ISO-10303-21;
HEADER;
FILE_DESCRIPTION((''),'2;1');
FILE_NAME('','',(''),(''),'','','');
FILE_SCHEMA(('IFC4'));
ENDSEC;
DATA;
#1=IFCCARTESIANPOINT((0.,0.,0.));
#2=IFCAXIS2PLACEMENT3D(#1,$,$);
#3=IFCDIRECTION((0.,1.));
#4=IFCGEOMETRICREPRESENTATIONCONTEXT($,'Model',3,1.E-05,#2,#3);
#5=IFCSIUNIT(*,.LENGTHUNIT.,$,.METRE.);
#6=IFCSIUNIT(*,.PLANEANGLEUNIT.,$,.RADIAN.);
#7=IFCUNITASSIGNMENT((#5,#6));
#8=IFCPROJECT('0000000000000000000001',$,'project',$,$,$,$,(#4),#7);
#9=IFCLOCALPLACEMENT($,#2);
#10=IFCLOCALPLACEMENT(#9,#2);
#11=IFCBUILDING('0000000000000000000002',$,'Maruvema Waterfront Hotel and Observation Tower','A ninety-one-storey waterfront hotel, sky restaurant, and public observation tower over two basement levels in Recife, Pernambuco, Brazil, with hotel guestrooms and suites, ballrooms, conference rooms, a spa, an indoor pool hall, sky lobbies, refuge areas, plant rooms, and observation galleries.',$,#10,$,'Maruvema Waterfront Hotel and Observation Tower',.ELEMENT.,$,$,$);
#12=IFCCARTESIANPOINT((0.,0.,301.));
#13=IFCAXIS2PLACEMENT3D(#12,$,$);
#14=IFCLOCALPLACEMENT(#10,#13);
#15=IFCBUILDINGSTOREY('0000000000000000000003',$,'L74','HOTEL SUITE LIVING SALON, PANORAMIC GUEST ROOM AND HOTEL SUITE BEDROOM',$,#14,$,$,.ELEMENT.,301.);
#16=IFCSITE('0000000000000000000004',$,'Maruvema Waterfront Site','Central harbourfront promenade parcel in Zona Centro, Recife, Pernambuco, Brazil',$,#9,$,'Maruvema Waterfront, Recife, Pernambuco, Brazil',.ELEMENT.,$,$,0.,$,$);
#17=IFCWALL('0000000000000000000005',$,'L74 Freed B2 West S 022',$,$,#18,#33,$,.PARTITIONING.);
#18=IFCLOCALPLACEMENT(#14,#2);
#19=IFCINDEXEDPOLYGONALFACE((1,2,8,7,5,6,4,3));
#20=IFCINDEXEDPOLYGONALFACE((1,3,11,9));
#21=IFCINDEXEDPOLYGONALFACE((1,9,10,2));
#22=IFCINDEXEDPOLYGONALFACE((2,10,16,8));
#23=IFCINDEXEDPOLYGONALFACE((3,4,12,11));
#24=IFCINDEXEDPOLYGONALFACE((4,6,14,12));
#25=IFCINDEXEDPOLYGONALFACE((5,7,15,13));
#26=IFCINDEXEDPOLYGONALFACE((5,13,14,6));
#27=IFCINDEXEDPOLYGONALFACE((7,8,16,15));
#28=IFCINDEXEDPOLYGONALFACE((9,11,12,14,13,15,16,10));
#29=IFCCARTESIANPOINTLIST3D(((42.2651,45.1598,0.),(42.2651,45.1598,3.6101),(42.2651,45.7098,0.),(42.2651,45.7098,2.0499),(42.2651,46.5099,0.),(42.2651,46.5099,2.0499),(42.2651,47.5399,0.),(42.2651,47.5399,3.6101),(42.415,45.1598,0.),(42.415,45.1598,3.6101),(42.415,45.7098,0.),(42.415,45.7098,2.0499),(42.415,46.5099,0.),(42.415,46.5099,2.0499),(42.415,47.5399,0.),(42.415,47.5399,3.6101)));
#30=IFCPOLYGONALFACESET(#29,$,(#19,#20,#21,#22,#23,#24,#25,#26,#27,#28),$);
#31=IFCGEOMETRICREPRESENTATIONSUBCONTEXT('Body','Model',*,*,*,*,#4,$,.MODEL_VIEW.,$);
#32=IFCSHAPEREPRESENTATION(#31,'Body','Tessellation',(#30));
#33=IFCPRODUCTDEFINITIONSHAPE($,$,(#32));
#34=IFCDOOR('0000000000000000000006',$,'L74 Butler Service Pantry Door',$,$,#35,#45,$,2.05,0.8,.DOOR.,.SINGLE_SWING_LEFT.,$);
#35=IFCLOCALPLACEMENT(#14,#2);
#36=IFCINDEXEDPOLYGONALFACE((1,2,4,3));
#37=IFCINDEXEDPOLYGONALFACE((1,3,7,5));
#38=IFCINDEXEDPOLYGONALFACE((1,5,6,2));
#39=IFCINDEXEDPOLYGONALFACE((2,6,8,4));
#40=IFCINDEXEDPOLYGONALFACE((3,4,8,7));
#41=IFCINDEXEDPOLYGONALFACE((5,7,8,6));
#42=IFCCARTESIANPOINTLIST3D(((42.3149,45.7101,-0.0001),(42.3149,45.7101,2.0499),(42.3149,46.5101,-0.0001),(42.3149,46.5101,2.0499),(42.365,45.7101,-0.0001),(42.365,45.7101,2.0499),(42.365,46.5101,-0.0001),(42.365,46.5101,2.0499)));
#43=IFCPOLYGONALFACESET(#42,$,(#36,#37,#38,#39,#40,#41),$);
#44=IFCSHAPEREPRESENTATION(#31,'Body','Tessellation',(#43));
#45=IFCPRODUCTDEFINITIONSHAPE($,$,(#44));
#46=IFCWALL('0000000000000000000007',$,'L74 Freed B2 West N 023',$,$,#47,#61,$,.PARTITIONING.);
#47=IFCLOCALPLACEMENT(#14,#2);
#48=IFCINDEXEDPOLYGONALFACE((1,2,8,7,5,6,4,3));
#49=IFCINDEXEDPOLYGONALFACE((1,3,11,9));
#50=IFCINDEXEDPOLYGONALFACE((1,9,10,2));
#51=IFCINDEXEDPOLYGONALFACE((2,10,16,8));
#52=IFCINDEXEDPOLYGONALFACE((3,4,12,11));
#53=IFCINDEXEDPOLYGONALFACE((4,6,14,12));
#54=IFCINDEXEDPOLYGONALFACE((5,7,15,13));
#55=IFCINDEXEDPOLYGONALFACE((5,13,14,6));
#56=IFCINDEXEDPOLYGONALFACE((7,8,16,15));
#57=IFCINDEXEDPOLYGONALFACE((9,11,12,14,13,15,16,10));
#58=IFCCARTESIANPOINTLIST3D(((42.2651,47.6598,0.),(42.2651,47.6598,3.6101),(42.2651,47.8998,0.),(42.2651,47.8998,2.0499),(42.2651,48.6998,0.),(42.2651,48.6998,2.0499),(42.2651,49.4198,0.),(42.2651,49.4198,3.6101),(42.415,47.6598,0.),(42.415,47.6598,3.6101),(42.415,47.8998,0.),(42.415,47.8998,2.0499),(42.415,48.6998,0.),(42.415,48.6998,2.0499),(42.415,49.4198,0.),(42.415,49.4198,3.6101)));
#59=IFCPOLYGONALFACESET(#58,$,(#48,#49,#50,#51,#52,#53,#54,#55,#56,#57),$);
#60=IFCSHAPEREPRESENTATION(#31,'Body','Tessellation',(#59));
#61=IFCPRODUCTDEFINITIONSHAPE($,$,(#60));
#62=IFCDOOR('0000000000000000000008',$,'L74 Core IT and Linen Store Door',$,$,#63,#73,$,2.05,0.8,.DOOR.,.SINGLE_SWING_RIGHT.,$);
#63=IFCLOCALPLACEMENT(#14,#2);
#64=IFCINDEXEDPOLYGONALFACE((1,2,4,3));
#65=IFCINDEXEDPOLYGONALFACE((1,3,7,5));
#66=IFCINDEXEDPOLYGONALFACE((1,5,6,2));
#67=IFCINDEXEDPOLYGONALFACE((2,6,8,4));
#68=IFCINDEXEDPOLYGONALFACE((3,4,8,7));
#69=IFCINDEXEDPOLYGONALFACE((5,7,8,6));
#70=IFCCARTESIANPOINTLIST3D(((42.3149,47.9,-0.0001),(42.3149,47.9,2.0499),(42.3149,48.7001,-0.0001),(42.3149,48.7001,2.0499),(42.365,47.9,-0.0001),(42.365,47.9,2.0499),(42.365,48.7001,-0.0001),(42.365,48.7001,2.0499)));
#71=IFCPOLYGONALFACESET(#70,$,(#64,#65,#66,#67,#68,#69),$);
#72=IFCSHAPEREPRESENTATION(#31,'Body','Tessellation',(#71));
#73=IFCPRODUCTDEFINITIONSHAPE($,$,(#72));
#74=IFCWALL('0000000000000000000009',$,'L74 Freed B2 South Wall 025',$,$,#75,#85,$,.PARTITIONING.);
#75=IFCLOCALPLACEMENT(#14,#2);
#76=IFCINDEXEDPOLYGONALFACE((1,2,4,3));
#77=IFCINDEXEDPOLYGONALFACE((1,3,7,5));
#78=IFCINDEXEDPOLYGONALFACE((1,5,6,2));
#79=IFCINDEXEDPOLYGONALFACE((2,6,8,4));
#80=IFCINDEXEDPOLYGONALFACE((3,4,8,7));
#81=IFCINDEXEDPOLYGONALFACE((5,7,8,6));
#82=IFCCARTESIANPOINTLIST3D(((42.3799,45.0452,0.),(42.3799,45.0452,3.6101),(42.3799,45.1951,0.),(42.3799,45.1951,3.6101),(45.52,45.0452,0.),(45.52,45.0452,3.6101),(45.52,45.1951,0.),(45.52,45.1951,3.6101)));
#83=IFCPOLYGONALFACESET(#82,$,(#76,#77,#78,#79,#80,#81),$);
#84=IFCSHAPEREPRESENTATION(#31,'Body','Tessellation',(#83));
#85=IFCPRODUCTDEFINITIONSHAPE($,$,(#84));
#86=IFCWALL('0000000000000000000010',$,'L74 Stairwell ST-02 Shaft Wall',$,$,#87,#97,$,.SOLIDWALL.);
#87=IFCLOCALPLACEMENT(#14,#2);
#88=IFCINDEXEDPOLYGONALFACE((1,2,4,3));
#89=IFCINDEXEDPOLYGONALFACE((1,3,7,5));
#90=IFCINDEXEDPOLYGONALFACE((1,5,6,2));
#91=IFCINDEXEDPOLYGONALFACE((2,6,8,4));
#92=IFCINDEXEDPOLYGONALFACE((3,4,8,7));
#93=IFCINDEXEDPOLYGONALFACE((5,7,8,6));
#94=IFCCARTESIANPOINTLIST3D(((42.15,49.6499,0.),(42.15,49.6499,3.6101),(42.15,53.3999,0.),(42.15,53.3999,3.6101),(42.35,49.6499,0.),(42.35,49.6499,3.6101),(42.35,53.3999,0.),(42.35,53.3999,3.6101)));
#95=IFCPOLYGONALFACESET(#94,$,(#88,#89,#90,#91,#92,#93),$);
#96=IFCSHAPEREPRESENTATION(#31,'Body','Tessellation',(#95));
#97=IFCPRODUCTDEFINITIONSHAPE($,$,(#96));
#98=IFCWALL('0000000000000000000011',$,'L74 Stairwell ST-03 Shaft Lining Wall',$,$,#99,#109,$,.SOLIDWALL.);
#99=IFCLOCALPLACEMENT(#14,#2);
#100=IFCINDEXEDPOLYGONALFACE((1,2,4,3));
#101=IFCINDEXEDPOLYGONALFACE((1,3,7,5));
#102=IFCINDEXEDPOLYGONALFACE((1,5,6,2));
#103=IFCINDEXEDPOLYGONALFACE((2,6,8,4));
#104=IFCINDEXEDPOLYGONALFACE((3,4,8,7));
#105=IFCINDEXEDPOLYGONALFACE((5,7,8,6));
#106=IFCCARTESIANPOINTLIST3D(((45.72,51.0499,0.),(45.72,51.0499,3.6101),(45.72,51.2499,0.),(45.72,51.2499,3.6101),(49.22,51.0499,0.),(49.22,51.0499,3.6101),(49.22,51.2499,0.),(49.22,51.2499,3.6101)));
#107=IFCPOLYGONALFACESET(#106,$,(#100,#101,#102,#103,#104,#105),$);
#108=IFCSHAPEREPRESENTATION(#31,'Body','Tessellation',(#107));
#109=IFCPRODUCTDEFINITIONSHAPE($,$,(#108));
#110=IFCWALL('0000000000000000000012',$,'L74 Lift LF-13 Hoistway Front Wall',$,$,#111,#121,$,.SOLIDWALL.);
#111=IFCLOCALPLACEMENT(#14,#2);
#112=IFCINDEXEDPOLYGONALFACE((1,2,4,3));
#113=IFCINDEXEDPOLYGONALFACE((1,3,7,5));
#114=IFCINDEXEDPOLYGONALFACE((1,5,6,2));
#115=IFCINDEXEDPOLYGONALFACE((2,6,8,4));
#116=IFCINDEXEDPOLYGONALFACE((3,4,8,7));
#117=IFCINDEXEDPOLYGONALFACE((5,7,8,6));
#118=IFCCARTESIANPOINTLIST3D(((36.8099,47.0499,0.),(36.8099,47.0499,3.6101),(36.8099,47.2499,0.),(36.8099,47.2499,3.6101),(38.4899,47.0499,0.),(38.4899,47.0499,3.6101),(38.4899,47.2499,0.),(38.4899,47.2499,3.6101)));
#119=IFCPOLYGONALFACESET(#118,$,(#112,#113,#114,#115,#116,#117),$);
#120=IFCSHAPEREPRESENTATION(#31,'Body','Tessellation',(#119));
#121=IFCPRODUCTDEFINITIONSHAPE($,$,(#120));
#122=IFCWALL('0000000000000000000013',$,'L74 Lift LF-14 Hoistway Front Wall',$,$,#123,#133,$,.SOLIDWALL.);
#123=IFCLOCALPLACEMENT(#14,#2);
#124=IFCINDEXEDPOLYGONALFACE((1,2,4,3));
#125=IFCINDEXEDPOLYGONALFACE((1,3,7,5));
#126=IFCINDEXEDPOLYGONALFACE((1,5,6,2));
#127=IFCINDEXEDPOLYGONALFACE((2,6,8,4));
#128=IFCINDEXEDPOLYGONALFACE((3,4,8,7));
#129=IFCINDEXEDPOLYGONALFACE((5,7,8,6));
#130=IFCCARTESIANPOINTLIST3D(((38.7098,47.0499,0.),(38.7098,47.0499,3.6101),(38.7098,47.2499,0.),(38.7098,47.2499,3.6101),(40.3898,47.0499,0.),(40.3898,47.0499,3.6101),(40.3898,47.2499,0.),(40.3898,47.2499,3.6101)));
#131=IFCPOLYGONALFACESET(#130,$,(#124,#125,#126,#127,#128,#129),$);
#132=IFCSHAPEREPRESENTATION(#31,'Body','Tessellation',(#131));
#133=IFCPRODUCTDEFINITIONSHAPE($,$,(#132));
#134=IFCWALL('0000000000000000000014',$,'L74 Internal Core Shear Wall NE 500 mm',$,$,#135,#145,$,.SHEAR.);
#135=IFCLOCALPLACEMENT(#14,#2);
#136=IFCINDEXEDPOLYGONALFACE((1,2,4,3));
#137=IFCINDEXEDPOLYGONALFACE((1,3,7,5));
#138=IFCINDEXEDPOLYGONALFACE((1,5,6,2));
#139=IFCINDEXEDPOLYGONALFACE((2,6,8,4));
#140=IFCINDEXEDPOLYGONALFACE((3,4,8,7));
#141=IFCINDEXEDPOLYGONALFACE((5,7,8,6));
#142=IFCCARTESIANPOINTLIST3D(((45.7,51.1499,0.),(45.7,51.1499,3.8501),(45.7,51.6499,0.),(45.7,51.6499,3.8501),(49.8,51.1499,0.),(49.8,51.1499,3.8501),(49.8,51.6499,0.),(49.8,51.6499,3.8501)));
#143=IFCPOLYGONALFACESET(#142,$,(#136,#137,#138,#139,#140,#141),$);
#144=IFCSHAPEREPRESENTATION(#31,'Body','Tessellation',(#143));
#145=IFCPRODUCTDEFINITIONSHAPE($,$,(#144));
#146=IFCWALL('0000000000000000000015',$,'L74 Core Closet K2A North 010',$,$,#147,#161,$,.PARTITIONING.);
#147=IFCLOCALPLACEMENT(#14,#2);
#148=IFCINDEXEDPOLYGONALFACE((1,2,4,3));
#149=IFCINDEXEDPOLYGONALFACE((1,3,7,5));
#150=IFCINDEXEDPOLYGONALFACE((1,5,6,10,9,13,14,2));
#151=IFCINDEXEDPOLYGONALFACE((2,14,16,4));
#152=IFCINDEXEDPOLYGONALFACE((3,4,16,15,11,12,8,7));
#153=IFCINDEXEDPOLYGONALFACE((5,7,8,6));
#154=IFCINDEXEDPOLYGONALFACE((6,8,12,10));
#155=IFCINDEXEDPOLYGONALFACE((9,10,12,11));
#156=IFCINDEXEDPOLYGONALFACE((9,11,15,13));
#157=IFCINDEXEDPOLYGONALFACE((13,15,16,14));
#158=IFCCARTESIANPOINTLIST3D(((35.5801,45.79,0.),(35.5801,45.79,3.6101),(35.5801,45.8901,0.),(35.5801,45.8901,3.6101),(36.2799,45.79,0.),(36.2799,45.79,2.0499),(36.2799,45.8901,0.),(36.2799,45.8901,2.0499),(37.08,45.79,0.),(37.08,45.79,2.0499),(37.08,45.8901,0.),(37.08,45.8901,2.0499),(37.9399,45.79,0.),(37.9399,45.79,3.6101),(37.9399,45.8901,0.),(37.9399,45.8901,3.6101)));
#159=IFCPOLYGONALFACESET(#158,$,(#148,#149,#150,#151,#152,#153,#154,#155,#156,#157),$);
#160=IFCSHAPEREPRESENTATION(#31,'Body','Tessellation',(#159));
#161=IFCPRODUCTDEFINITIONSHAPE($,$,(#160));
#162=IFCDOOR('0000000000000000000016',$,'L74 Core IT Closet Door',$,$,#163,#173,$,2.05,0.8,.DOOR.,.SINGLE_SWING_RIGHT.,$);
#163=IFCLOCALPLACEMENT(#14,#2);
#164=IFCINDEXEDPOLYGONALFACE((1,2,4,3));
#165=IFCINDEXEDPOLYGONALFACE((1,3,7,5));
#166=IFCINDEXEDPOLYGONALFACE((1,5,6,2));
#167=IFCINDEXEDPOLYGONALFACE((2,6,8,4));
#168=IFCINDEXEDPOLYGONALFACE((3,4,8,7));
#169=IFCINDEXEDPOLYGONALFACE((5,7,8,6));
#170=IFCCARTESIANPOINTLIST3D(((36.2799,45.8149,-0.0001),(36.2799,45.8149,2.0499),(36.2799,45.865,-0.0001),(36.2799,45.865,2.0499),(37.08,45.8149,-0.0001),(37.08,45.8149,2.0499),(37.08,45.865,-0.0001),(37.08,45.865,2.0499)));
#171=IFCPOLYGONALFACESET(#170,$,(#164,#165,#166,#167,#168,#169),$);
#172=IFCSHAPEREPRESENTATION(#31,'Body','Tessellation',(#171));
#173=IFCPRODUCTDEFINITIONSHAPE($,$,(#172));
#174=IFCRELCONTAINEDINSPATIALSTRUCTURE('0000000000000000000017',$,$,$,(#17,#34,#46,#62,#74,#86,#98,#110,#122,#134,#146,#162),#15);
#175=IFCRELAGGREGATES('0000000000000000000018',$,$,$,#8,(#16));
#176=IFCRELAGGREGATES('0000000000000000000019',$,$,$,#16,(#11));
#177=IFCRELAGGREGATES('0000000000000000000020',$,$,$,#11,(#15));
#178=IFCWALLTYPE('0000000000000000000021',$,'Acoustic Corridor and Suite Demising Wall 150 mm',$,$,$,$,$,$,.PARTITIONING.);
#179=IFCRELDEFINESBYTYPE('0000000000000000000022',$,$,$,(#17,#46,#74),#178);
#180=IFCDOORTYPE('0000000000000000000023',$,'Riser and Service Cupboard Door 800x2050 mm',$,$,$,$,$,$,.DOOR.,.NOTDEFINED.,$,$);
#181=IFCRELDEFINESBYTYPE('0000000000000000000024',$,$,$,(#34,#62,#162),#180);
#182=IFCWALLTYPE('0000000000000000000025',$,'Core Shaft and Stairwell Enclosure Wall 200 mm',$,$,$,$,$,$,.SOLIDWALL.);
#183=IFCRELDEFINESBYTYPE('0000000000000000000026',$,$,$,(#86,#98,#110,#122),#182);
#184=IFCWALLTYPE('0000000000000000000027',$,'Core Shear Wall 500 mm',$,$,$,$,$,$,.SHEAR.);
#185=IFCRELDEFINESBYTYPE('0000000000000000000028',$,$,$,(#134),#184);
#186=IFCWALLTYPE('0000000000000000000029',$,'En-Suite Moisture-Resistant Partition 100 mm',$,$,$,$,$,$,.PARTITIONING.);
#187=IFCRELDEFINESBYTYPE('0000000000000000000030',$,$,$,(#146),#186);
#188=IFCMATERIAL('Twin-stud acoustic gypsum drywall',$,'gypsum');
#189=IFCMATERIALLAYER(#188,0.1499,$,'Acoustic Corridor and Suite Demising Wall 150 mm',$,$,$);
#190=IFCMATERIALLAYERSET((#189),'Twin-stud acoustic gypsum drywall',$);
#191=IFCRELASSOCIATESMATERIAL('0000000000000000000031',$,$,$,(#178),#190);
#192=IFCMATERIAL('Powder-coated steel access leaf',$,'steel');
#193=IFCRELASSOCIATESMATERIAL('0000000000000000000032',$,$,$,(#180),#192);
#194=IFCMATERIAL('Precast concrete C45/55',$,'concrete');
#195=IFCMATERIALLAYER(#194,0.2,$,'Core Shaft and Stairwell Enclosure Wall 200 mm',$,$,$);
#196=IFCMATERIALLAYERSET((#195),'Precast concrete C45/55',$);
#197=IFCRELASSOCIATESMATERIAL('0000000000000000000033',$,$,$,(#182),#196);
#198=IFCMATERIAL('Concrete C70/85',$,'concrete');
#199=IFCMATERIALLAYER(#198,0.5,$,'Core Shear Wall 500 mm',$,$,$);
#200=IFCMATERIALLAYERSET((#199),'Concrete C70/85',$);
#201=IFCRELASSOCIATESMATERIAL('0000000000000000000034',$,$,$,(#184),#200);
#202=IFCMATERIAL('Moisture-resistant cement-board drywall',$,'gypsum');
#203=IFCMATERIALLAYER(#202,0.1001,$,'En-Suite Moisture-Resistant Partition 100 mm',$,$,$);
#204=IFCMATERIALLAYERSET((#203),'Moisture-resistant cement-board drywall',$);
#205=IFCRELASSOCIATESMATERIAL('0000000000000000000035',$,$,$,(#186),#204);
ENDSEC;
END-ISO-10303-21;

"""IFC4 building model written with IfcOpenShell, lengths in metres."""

from ifc_helpers import new_model, si_unit, direction, frame, frame_2d, origin, place, context, subcontext, project, spatial, rectangle, extrude, material, layer, layer_set, type_object, element, fill, save


model = new_model("IFC4")

# Units and contexts
model_context = context("Model", 3, precision=1e-05, world=origin(), true_north=direction((0.0, 1.0)))
body_context = subcontext(model_context, "Body", "Model", "MODEL_VIEW")
ifc_project = project(units=[si_unit("LENGTHUNIT", "METRE"), si_unit("PLANEANGLEUNIT", "RADIAN")], contexts=[model_context])

# Site, building, storey
site_placement = place(None, origin())
site = spatial("IfcSite", under=ifc_project, at=site_placement, Name="Maruvema Waterfront Site", Description="Central harbourfront promenade parcel in Zona Centro, Recife, Pernambuco, Brazil", LongName="Maruvema Waterfront, Recife, Pernambuco, Brazil", CompositionType="ELEMENT", RefElevation=0.0)
building_placement = place(site_placement, origin())
building = spatial("IfcBuilding", under=site, at=building_placement, Name="Maruvema Waterfront Hotel and Observation Tower", Description="A ninety-one-storey waterfront hotel, sky restaurant, and public observation tower over two basement levels in Recife, Pernambuco, Brazil, with hotel guestrooms and suites, ballrooms, conference rooms, a spa, an indoor pool hall, sky lobbies, refuge areas, plant rooms, and observation galleries.", LongName="Maruvema Waterfront Hotel and Observation Tower", CompositionType="ELEMENT")
storey_placement = place(building_placement, frame((0.0, 0.0, 301.0)))
storey = spatial("IfcBuildingStorey", under=building, at=storey_placement, Name="L74", Description="HOTEL SUITE LIVING SALON, PANORAMIC GUEST ROOM AND HOTEL SUITE BEDROOM", CompositionType="ELEMENT", Elevation=301.0)

# Walls, openings, doors
ifc_material_1 = material(Name="Twin-stud acoustic gypsum drywall", Category="gypsum")
ifc_layer_1 = layer(ifc_material_1, 0.1499, Name="Acoustic Corridor and Suite Demising Wall 150 mm")
ifc_layer_set_1 = layer_set([ifc_layer_1], Name="Twin-stud acoustic gypsum drywall")
wall_type_1 = type_object("IfcWallType", Name="Acoustic Corridor and Suite Demising Wall 150 mm", PredefinedType="PARTITIONING", material=ifc_layer_set_1)
wall_1_placement = place(storey_placement, frame((42.3401, 45.1599, 0.0), z_axis=(0.0, 0.0, 1.0), x_axis=(0.0, 1.0, 0.0)))
wall_1 = element("IfcWall", 1, at=wall_1_placement, inside=storey, type_object=wall_type_1, Name="L74 Freed B2 West S 022", PredefinedType="PARTITIONING", context=body_context, shape_type="SweptSolid", body=[
    extrude(rectangle(XDim=2.3801, YDim=0.1499, at=frame_2d((1.1899, 0.0))), origin(), (0.0, 0.0, 1.0), 3.6101),
])
opening_1_placement = place(wall_1_placement, frame((0.55, 0.0, 0.0)))
opening_1 = element("IfcOpeningElement", 2, at=opening_1_placement, cuts=wall_1, PredefinedType="OPENING", context=body_context, shape_type="SweptSolid", body=[
    extrude(rectangle(XDim=0.8, YDim=2.05, at=frame_2d((0.3999, 1.0249))), frame((0.0, 0.085, 0.0), z_axis=(0.0, -1.0, 0.0), x_axis=(1.0, 0.0, 0.0)), (0.0, 0.0, 1.0), 0.1699),
])
ifc_material_2 = material(Name="Powder-coated steel access leaf", Category="steel")
door_type = type_object("IfcDoorType", Name="Riser and Service Cupboard Door 800x2050 mm", OperationType="NOTDEFINED", PredefinedType="DOOR", material=ifc_material_2)
door_1_placement = place(opening_1_placement, frame((0.8, 0.0, 0.0), z_axis=(0.0, 0.0, 1.0), x_axis=(-1.0, 0.0, 0.0)))
door_1 = element("IfcDoor", 3, at=door_1_placement, inside=storey, type_object=door_type, Name="L74 Butler Service Pantry Door", OperationType="SINGLE_SWING_LEFT", OverallHeight=2.05, OverallWidth=0.8, PredefinedType="DOOR", context=body_context, shape_type="SweptSolid", body=[
    extrude(rectangle(XDim=0.8, YDim=2.05, at=frame_2d((0.3999, 1.0249))), frame((0.0, 0.0249, 0.0), z_axis=(0.0, -1.0, 0.0), x_axis=(1.0, 0.0, 0.0)), (0.0, 0.0, 1.0), 0.05),
])
fill(opening_1, door_1)
wall_2_placement = place(storey_placement, frame((42.3401, 47.6599, 0.0), z_axis=(0.0, 0.0, 1.0), x_axis=(0.0, 1.0, 0.0)))
wall_2 = element("IfcWall", 4, at=wall_2_placement, inside=storey, type_object=wall_type_1, Name="L74 Freed B2 West N 023", PredefinedType="PARTITIONING", context=body_context, shape_type="SweptSolid", body=[
    extrude(rectangle(XDim=1.76, YDim=0.1499, at=frame_2d((0.8799, 0.0))), origin(), (0.0, 0.0, 1.0), 3.6101),
])
opening_2_placement = place(wall_2_placement, frame((0.24, 0.0, 0.0)))
opening_2 = element("IfcOpeningElement", 5, at=opening_2_placement, cuts=wall_2, PredefinedType="OPENING", context=body_context, shape_type="SweptSolid", body=[
    extrude(rectangle(XDim=0.8, YDim=2.05, at=frame_2d((0.3999, 1.0249))), frame((0.0, 0.085, 0.0), z_axis=(0.0, -1.0, 0.0), x_axis=(1.0, 0.0, 0.0)), (0.0, 0.0, 1.0), 0.1699),
])
door_2_placement = place(opening_2_placement, frame((0.8, 0.0, 0.0), z_axis=(0.0, 0.0, 1.0), x_axis=(-1.0, 0.0, 0.0)))
door_2 = element("IfcDoor", 6, at=door_2_placement, inside=storey, type_object=door_type, Name="L74 Core IT and Linen Store Door", OperationType="SINGLE_SWING_RIGHT", OverallHeight=2.05, OverallWidth=0.8, PredefinedType="DOOR", context=body_context, shape_type="SweptSolid", body=[
    extrude(rectangle(XDim=0.8, YDim=2.05, at=frame_2d((0.3999, 1.0249))), frame((0.0, 0.0249, 0.0), z_axis=(0.0, -1.0, 0.0), x_axis=(1.0, 0.0, 0.0)), (0.0, 0.0, 1.0), 0.05),
])
fill(opening_2, door_2)

# Walls
wall_3_placement = place(storey_placement, frame((42.3799, 45.1201, 0.0), z_axis=(0.0, 0.0, 1.0), x_axis=(1.0, 0.0, 0.0)))
element("IfcWall", 7, at=wall_3_placement, inside=storey, type_object=wall_type_1, Name="L74 Freed B2 South Wall 025", PredefinedType="PARTITIONING", context=body_context, shape_type="SweptSolid", body=[
    extrude(rectangle(XDim=3.1401, YDim=0.1499, at=frame_2d((1.5701, 0.0))), origin(), (0.0, 0.0, 1.0), 3.6101),
])
ifc_material_3 = material(Name="Precast concrete C45/55", Category="concrete")
ifc_layer_2 = layer(ifc_material_3, 0.2, Name="Core Shaft and Stairwell Enclosure Wall 200 mm")
ifc_layer_set_2 = layer_set([ifc_layer_2], Name="Precast concrete C45/55")
wall_type_2 = type_object("IfcWallType", Name="Core Shaft and Stairwell Enclosure Wall 200 mm", PredefinedType="SOLIDWALL", material=ifc_layer_set_2)
wall_4_placement = place(storey_placement, frame((42.25, 49.6499, 0.0), z_axis=(0.0, 0.0, 1.0), x_axis=(0.0, 1.0, 0.0)))
element("IfcWall", 8, at=wall_4_placement, inside=storey, type_object=wall_type_2, Name="L74 Stairwell ST-02 Shaft Wall", PredefinedType="SOLIDWALL", context=body_context, shape_type="SweptSolid", body=[
    extrude(rectangle(XDim=3.75, YDim=0.2, at=frame_2d((1.875, 0.0))), origin(), (0.0, 0.0, 1.0), 3.6101),
])
wall_5_placement = place(storey_placement, frame((45.72, 51.1499, 0.0), z_axis=(0.0, 0.0, 1.0), x_axis=(1.0, 0.0, 0.0)))
element("IfcWall", 9, at=wall_5_placement, inside=storey, type_object=wall_type_2, Name="L74 Stairwell ST-03 Shaft Lining Wall", PredefinedType="SOLIDWALL", context=body_context, shape_type="SweptSolid", body=[
    extrude(rectangle(XDim=3.5, YDim=0.2, at=frame_2d((1.75, 0.0))), origin(), (0.0, 0.0, 1.0), 3.6101),
])
for number, where, z_axis, x_axis, name in (
    (10, (36.8101, 47.1499, 0.0), (0.0, 0.0, 1.0), (1.0, 0.0, 0.0), "L74 Lift LF-13 Hoistway Front Wall"),
    (11, (38.71, 47.1499, 0.0), (0.0, 0.0, 1.0), (1.0, 0.0, 0.0), "L74 Lift LF-14 Hoistway Front Wall"),
):
    element("IfcWall", number, at=place(storey_placement, frame(where, z_axis=z_axis, x_axis=x_axis)), inside=storey, type_object=wall_type_2, Name=name, PredefinedType="SOLIDWALL", context=body_context, shape_type="SweptSolid", body=[
        extrude(rectangle(XDim=1.6799, YDim=0.2, at=frame_2d((0.8398, 0.0))), origin(), (0.0, 0.0, 1.0), 3.6101),
    ])
ifc_material_4 = material(Name="Concrete C70/85", Category="concrete")
ifc_layer_3 = layer(ifc_material_4, 0.5, Name="Core Shear Wall 500 mm")
ifc_layer_set_3 = layer_set([ifc_layer_3], Name="Concrete C70/85")
wall_type_3 = type_object("IfcWallType", Name="Core Shear Wall 500 mm", PredefinedType="SHEAR", material=ifc_layer_set_3)
wall_6_placement = place(storey_placement, frame((45.7, 51.3999, 0.0), z_axis=(0.0, 0.0, 1.0), x_axis=(1.0, 0.0, 0.0)))
element("IfcWall", 12, at=wall_6_placement, inside=storey, type_object=wall_type_3, Name="L74 Internal Core Shear Wall NE 500 mm", PredefinedType="SHEAR", context=body_context, shape_type="SweptSolid", body=[
    extrude(rectangle(XDim=4.1001, YDim=0.5, at=frame_2d((2.05, 0.0))), origin(), (0.0, 0.0, 1.0), 3.8501),
])

# Wall, opening, door
ifc_material_5 = material(Name="Moisture-resistant cement-board drywall", Category="gypsum")
ifc_layer_4 = layer(ifc_material_5, 0.1001, Name="En-Suite Moisture-Resistant Partition 100 mm")
ifc_layer_set_4 = layer_set([ifc_layer_4], Name="Moisture-resistant cement-board drywall")
wall_type_4 = type_object("IfcWallType", Name="En-Suite Moisture-Resistant Partition 100 mm", PredefinedType="PARTITIONING", material=ifc_layer_set_4)
wall_7_placement = place(storey_placement, frame((35.5801, 45.8401, 0.0), z_axis=(0.0, 0.0, 1.0), x_axis=(1.0, 0.0, 0.0)))
wall_7 = element("IfcWall", 13, at=wall_7_placement, inside=storey, type_object=wall_type_4, Name="L74 Core Closet K2A North 010", PredefinedType="PARTITIONING", context=body_context, shape_type="SweptSolid", body=[
    extrude(rectangle(XDim=2.3599, YDim=0.1001, at=frame_2d((1.1799, 0.0))), origin(), (0.0, 0.0, 1.0), 3.6101),
])
opening_3_placement = place(wall_7_placement, frame((0.7, 0.0, 0.0)))
opening_3 = element("IfcOpeningElement", 14, at=opening_3_placement, cuts=wall_7, PredefinedType="OPENING", context=body_context, shape_type="SweptSolid", body=[
    extrude(rectangle(XDim=0.8, YDim=2.05, at=frame_2d((0.3999, 1.0249))), frame((0.0, 0.0601, 0.0), z_axis=(0.0, -1.0, 0.0), x_axis=(1.0, 0.0, 0.0)), (0.0, 0.0, 1.0), 0.1201),
])
door_3_placement = place(opening_3_placement, origin())
door_3 = element("IfcDoor", 15, at=door_3_placement, inside=storey, type_object=door_type, Name="L74 Core IT Closet Door", OperationType="SINGLE_SWING_RIGHT", OverallHeight=2.05, OverallWidth=0.8, PredefinedType="DOOR", context=body_context, shape_type="SweptSolid", body=[
    extrude(rectangle(XDim=0.8, YDim=2.05, at=frame_2d((0.3999, 1.0249))), frame((0.0, 0.0249, 0.0), z_axis=(0.0, -1.0, 0.0), x_axis=(1.0, 0.0, 0.0)), (0.0, 0.0, 1.0), 0.05),
])
fill(opening_3, door_3)

save(model, "model.ifc")
